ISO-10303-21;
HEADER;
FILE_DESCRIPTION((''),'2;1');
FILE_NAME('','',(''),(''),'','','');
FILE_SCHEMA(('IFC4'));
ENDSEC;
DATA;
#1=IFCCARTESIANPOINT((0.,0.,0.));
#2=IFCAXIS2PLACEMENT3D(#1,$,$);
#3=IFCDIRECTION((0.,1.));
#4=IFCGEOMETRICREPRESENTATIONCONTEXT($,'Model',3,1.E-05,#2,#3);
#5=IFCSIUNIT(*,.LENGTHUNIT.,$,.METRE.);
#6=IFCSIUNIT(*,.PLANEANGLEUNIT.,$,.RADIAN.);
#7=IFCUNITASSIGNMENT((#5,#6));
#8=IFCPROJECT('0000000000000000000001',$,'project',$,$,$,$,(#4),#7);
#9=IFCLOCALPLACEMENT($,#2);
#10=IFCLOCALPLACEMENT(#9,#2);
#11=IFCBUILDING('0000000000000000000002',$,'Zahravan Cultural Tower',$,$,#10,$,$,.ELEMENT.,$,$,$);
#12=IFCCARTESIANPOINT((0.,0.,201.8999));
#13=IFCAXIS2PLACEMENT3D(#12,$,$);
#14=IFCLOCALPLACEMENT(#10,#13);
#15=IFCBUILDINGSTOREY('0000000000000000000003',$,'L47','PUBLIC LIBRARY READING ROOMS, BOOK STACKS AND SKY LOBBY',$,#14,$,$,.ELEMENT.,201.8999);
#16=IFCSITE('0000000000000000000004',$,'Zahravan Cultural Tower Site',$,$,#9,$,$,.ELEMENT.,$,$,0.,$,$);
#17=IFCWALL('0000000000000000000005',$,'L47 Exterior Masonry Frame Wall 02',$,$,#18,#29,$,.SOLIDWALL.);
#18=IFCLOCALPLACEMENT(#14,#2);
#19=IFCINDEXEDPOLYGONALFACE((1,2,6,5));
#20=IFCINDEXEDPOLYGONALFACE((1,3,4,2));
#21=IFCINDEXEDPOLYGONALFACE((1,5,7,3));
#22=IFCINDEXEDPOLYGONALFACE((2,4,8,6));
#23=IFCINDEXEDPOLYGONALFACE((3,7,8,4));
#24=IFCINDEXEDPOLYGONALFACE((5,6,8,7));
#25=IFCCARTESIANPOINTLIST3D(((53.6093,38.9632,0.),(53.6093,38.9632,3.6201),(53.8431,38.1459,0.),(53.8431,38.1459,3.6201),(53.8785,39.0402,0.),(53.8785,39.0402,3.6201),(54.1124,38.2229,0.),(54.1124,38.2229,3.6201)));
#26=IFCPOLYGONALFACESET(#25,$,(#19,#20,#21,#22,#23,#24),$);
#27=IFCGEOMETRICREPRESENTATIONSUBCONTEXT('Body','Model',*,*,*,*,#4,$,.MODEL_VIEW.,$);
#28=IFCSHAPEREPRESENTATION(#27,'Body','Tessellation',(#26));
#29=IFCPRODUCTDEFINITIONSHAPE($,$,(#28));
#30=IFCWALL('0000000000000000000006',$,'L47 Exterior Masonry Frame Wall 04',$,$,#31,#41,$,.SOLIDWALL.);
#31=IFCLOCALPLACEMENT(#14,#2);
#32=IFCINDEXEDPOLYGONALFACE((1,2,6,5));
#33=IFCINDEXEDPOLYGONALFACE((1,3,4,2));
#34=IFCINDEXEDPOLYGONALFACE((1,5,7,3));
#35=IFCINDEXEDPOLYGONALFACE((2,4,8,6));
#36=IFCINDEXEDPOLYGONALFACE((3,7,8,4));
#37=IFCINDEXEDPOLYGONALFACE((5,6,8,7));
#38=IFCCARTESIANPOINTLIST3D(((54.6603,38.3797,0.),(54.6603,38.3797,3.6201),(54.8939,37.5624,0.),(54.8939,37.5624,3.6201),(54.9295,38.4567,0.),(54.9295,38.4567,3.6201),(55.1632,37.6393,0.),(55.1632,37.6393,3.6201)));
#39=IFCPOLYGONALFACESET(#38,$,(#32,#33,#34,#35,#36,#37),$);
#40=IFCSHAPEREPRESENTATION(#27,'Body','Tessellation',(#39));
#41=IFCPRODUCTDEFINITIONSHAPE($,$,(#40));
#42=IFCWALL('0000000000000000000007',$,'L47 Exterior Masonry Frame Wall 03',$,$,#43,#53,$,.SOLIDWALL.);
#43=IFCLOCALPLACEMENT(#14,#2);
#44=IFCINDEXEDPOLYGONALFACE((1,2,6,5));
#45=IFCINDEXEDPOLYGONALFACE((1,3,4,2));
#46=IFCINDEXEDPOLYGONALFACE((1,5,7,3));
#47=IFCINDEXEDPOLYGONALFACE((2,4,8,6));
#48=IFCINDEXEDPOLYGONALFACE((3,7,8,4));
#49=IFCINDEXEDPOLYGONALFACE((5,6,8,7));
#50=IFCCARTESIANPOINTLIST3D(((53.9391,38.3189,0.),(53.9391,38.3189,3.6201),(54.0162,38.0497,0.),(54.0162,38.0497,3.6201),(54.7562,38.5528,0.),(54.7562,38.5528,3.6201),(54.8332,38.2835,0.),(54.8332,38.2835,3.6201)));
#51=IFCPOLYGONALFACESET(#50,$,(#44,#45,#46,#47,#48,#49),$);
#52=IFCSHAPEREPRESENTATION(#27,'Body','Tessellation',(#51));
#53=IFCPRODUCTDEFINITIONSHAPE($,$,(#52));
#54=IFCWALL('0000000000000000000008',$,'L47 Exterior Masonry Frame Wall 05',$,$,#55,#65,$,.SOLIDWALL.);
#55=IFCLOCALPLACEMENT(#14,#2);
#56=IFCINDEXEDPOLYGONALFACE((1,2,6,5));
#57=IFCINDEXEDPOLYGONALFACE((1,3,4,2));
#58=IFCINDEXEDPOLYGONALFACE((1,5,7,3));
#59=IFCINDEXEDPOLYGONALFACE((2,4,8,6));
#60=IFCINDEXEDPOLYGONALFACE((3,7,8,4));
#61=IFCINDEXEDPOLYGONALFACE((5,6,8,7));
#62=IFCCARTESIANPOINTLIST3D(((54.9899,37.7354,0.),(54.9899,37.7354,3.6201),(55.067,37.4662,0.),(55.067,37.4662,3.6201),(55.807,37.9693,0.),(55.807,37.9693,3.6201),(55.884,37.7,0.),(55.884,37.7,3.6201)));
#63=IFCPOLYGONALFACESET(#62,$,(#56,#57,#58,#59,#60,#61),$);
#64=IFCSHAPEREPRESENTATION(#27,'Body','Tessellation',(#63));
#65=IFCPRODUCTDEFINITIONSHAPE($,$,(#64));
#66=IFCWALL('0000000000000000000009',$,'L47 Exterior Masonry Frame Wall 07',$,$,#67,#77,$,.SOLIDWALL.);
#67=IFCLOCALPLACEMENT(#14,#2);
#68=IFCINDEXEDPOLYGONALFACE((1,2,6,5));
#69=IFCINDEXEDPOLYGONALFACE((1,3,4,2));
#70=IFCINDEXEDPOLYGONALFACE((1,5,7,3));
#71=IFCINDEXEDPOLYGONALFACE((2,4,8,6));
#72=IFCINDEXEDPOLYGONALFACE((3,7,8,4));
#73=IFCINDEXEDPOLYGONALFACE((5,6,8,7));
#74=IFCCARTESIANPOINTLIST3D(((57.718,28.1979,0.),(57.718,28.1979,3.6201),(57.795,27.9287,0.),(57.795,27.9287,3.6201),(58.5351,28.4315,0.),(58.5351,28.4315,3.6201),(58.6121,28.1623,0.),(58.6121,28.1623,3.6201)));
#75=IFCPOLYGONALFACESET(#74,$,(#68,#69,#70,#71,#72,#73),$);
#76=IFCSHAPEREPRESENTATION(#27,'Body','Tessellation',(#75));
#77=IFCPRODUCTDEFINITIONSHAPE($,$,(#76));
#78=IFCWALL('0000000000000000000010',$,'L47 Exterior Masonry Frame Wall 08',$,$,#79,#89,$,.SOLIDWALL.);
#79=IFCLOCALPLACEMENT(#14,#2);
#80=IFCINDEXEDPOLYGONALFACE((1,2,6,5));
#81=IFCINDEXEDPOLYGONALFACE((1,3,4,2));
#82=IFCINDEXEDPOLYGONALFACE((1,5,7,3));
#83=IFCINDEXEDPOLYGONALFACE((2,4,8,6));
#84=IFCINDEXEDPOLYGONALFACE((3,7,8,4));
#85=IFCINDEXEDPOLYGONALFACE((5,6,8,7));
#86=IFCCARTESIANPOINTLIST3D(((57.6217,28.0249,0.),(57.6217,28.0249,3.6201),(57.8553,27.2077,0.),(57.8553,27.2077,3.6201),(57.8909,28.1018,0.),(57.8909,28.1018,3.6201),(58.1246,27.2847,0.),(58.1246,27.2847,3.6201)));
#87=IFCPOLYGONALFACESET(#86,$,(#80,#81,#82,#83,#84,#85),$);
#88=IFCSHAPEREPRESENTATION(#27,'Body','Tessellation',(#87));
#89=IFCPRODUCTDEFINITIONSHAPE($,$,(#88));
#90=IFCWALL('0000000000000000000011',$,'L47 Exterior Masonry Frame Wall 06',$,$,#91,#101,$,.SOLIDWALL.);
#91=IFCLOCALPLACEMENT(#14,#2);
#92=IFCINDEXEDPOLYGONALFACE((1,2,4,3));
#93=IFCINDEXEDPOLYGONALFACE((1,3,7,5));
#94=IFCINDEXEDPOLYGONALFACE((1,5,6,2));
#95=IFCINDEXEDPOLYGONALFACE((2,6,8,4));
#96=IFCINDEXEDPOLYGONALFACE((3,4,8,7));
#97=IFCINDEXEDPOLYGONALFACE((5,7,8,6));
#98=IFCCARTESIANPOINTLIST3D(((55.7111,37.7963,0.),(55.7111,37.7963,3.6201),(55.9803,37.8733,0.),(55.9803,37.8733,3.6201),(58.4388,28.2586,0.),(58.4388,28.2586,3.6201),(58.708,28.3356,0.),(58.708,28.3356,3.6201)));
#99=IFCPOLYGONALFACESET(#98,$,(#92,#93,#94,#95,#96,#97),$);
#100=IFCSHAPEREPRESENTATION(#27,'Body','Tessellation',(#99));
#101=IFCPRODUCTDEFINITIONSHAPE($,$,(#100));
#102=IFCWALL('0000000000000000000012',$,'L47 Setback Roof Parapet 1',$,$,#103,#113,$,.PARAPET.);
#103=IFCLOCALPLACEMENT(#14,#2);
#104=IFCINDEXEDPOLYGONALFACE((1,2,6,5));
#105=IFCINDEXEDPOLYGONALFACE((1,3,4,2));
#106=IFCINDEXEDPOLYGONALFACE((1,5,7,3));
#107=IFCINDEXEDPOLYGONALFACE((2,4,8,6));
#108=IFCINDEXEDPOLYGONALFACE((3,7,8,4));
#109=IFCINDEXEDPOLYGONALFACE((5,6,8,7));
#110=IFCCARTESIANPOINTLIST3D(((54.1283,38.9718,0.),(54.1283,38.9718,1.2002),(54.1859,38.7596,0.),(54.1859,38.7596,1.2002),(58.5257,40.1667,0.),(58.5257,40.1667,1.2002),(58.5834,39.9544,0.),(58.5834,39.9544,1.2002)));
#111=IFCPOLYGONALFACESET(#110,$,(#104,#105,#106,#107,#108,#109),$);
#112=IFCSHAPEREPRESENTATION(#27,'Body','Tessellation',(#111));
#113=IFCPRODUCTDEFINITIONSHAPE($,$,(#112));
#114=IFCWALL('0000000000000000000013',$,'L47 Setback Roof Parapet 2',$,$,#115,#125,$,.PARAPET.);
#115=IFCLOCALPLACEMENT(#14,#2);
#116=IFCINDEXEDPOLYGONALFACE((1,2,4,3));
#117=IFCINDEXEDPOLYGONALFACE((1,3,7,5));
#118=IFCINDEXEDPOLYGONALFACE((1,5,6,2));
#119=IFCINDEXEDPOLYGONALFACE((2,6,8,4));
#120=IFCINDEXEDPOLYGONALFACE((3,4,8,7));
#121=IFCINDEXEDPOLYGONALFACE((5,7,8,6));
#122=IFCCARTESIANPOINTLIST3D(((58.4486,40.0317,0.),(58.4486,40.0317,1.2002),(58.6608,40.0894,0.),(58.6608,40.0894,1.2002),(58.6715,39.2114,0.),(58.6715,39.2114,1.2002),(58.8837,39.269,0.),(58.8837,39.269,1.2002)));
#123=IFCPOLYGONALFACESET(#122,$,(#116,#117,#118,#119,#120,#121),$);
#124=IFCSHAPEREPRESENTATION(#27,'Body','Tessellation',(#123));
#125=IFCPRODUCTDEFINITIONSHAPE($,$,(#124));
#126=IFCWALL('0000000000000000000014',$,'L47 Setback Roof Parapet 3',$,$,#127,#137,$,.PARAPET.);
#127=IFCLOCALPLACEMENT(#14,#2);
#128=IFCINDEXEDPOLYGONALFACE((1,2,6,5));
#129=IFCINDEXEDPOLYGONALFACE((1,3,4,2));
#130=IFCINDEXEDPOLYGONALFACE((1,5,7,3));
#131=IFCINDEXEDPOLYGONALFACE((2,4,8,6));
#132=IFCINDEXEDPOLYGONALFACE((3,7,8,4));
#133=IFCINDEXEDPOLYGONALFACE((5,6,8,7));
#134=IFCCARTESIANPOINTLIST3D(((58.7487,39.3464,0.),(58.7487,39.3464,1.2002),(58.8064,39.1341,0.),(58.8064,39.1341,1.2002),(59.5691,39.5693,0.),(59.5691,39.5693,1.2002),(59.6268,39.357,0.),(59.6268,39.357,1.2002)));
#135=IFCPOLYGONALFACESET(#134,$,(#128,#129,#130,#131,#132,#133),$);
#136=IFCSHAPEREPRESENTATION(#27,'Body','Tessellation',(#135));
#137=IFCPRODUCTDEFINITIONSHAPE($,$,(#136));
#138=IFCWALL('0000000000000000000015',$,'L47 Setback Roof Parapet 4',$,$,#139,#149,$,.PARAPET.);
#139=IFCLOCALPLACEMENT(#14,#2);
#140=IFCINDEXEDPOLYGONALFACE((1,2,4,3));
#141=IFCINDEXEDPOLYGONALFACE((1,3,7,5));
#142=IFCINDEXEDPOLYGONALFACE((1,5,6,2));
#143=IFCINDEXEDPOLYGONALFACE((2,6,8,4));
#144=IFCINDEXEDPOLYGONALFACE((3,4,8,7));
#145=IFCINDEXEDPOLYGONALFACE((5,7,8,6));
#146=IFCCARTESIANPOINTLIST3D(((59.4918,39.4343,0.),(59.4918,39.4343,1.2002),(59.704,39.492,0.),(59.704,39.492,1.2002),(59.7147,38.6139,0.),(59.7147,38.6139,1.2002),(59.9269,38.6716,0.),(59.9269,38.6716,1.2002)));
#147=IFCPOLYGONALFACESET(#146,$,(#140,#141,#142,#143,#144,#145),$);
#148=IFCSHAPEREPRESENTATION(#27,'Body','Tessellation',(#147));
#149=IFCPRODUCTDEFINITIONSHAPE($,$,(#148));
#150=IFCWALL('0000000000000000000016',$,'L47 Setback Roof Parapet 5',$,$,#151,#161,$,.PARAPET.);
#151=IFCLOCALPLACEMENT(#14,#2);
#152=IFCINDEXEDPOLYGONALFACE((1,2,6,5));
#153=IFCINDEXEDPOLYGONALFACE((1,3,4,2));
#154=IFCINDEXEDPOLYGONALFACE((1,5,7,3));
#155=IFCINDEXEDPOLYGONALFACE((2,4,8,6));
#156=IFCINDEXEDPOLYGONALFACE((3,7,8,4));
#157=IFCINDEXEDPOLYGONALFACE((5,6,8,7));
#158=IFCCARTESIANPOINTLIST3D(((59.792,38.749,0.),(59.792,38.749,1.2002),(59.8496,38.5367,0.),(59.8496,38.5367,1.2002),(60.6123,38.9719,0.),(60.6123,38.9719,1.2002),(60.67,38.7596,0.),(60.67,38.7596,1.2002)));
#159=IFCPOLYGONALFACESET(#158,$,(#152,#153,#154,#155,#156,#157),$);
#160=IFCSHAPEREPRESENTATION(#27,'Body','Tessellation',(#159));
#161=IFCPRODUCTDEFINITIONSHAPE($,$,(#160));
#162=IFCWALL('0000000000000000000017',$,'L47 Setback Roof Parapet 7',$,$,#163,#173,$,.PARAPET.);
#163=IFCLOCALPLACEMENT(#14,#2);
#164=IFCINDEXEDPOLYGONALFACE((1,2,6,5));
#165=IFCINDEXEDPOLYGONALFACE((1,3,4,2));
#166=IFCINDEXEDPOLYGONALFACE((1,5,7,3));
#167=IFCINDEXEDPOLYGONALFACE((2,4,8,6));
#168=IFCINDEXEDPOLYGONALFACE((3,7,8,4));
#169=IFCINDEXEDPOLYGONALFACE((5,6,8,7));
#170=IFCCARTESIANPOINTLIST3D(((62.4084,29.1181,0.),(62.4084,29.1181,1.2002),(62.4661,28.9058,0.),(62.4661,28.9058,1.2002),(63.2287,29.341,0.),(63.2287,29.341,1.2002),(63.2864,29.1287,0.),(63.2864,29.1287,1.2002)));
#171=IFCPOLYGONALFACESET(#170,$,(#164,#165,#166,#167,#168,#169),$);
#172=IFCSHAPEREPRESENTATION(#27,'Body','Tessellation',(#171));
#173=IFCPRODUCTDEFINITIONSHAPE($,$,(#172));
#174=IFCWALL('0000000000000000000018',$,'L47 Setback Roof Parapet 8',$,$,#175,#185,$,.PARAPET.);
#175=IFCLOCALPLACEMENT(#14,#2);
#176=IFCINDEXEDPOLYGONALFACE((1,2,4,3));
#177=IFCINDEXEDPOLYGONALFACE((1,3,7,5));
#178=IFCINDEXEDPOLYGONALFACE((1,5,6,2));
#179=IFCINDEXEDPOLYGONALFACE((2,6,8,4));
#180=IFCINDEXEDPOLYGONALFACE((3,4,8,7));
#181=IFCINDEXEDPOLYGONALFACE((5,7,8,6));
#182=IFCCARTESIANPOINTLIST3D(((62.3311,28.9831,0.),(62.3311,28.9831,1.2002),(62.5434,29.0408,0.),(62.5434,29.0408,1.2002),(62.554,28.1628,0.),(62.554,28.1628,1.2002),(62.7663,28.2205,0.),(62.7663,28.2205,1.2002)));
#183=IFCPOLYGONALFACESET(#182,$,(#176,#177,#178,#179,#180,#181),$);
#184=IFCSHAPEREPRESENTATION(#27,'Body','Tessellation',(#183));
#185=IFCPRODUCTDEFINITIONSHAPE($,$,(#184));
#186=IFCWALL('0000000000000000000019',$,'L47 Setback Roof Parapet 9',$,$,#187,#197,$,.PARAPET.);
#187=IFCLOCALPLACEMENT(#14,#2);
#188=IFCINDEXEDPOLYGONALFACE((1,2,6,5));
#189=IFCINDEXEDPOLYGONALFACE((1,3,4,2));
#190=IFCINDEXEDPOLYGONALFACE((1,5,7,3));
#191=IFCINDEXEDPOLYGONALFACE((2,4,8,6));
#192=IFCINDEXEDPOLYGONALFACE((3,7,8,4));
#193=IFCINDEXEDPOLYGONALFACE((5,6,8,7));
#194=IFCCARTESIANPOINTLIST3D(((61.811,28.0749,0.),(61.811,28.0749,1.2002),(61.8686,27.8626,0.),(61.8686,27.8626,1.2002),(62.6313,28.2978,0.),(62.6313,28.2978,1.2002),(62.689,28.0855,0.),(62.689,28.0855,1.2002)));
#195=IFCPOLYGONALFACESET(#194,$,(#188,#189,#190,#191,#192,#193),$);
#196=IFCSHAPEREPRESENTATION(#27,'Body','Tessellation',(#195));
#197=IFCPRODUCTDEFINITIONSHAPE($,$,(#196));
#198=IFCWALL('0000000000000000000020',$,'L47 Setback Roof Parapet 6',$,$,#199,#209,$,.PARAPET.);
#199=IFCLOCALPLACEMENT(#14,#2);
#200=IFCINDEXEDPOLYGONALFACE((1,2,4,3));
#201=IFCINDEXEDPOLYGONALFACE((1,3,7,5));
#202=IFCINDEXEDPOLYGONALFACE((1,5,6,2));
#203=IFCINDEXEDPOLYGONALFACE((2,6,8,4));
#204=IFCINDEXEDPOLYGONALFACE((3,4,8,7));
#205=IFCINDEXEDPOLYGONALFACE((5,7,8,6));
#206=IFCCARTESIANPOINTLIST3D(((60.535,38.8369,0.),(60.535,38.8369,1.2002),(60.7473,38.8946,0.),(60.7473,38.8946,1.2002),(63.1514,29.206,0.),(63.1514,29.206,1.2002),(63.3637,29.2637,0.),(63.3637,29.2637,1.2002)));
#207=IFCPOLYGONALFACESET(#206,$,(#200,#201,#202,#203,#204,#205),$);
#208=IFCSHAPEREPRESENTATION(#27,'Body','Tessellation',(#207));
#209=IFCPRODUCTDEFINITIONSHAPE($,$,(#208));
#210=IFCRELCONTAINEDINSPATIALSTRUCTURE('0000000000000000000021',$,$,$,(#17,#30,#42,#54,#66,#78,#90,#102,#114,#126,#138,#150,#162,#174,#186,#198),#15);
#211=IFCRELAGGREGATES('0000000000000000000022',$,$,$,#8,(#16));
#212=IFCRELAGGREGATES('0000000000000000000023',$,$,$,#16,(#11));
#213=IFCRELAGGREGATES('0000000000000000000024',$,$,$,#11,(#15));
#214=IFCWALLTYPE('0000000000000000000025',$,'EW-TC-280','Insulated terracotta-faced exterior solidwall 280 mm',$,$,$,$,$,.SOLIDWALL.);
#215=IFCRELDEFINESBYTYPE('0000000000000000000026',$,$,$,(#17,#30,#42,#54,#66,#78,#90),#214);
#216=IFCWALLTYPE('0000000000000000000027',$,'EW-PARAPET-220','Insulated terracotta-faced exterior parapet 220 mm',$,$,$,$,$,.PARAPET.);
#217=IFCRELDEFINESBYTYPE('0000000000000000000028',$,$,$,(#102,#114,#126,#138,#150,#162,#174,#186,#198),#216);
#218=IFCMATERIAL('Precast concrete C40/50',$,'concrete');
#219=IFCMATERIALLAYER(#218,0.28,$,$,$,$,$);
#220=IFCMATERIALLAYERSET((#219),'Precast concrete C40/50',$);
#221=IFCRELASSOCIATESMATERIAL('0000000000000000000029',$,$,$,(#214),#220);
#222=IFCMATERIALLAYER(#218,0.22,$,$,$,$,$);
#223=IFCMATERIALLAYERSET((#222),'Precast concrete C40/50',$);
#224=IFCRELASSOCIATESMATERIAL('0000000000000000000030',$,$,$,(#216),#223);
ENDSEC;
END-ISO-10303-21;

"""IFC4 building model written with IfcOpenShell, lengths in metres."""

from ifc_helpers import new_model, si_unit, direction, frame, frame_2d, origin, place, context, subcontext, project, spatial, rectangle, extrude, source, transform, mapped, material, layer, layer_set, type_object, element, save


model = new_model("IFC4")

# Units and contexts
model_context = context("Model", 3, precision=1e-05, world=origin(), true_north=direction((0.0, 1.0)))
body_context = subcontext(model_context, "Body", "Model", "MODEL_VIEW")
ifc_project = project(units=[si_unit("LENGTHUNIT", "METRE"), si_unit("PLANEANGLEUNIT", "RADIAN")], contexts=[model_context])

# Site, building, storey
site_placement = place(None, origin())
site = spatial("IfcSite", under=ifc_project, at=site_placement, Name="Zahravan Cultural Tower Site", CompositionType="ELEMENT", RefElevation=0.0)
building_placement = place(site_placement, origin())
building = spatial("IfcBuilding", under=site, at=building_placement, Name="Zahravan Cultural Tower", CompositionType="ELEMENT")
storey_placement = place(building_placement, frame((0.0, 0.0, 201.8999)))
storey = spatial("IfcBuildingStorey", under=building, at=storey_placement, Name="L47", Description="PUBLIC LIBRARY READING ROOMS, BOOK STACKS AND SKY LOBBY", CompositionType="ELEMENT", Elevation=201.8999)

# Walls
ifc_material_1 = material(Name="Precast concrete C40/50", Category="concrete")
ifc_layer_1 = layer(ifc_material_1, 0.28)
ifc_layer_set_1 = layer_set([ifc_layer_1], Name="Precast concrete C40/50")
wall_type_1 = type_object("IfcWallType", Name="EW-TC-280", Description="Insulated terracotta-faced exterior solidwall 280 mm", PredefinedType="SOLIDWALL", material=ifc_layer_set_1)
shared_shape_1 = source(origin(), body_context, "Body", "SweptSolid", [
    extrude(rectangle(XDim=0.8501, YDim=0.28, at=frame_2d((0.425, 0.0))), origin(), (0.0, 0.0, 1.0), 3.6201),
])
for number, where, z_axis, x_axis, name in (
    (1, (53.7439, 39.0017, 0.0), (0.0, 0.0, 1.0), (0.2751, -0.961416, 0.0), "L47 Exterior Masonry Frame Wall 02"),
    (2, (54.7949, 38.4182, 0.0), (0.0, 0.0, 1.0), (0.274835, -0.961491, 0.0), "L47 Exterior Masonry Frame Wall 04"),
):
    element("IfcWall", number, at=place(storey_placement, frame(where, z_axis=z_axis, x_axis=x_axis)), inside=storey, type_object=wall_type_1, Name=name, PredefinedType="SOLIDWALL", context=body_context, shape_type="MappedRepresentation", body=[
        mapped(shared_shape_1, transform((0.0, 0.0, 0.0), x_axis=(1.0, 0.0, 0.0), y_axis=(0.0, 1.0, 0.0), z_axis=(0.0, 0.0, 1.0), scale=1.0)),
    ])
shared_shape_2 = source(origin(), body_context, "Body", "SweptSolid", [
    extrude(rectangle(XDim=0.8499, YDim=0.28, at=frame_2d((0.4248, 0.0))), origin(), (0.0, 0.0, 1.0), 3.6201),
])
for number, where, z_axis, x_axis, name in (
    (3, (53.9778, 38.1843, 0.0), (0.0, 0.0, 1.0), (0.961394, 0.275176, 0.0), "L47 Exterior Masonry Frame Wall 03"),
    (4, (55.0286, 37.6008, 0.0), (0.0, 0.0, 1.0), (0.961394, 0.275176, 0.0), "L47 Exterior Masonry Frame Wall 05"),
    (5, (58.5735, 28.2969, 0.0), (0.0, 0.0, 1.0), (-0.96147, -0.274911, 0.0), "L47 Exterior Masonry Frame Wall 07"),
    (6, (57.7563, 28.0632, 0.0), (0.0, 0.0, 1.0), (0.274911, -0.96147, 0.0), "L47 Exterior Masonry Frame Wall 08"),
):
    element("IfcWall", number, at=place(storey_placement, frame(where, z_axis=z_axis, x_axis=x_axis)), inside=storey, type_object=wall_type_1, Name=name, PredefinedType="SOLIDWALL", context=body_context, shape_type="MappedRepresentation", body=[
        mapped(shared_shape_2, transform((0.0, 0.0, 0.0), x_axis=(1.0, 0.0, 0.0), y_axis=(0.0, 1.0, 0.0), z_axis=(0.0, 0.0, 1.0), scale=1.0)),
    ])
shared_shape_3 = source(origin(), body_context, "Body", "SweptSolid", [
    extrude(rectangle(XDim=9.9202, YDim=0.28, at=frame_2d((4.96, 0.0))), origin(), (0.0, 0.0, 1.0), 3.6201),
])
wall_1_placement = place(storey_placement, frame((55.8457, 37.8347, 0.0), z_axis=(0.0, 0.0, 1.0), x_axis=(0.274971, -0.961452, 0.0)))
element("IfcWall", 7, at=wall_1_placement, inside=storey, type_object=wall_type_1, Name="L47 Exterior Masonry Frame Wall 06", PredefinedType="SOLIDWALL", context=body_context, shape_type="MappedRepresentation", body=[
    mapped(shared_shape_3, transform((0.0, 0.0, 0.0), x_axis=(1.0, 0.0, 0.0), y_axis=(0.0, 1.0, 0.0), z_axis=(0.0, 0.0, 1.0), scale=1.0)),
])
ifc_layer_2 = layer(ifc_material_1, 0.22)
ifc_layer_set_2 = layer_set([ifc_layer_2], Name="Precast concrete C40/50")
wall_type_2 = type_object("IfcWallType", Name="EW-PARAPET-220", Description="Insulated terracotta-faced exterior parapet 220 mm", PredefinedType="PARAPET", material=ifc_layer_set_2)
shared_shape_4 = source(origin(), body_context, "Body", "SweptSolid", [
    extrude(rectangle(XDim=4.5569, YDim=0.22, at=frame_2d((2.2783, 0.0))), origin(), (0.0, 0.0, 1.0), 1.2002),
])
wall_2_placement = place(storey_placement, frame((54.1572, 38.8657, 0.0), z_axis=(0.0, 0.0, 1.0), x_axis=(0.965013, 0.262202, 0.0)))
element("IfcWall", 8, at=wall_2_placement, inside=storey, type_object=wall_type_2, Name="L47 Setback Roof Parapet 1", PredefinedType="PARAPET", context=body_context, shape_type="MappedRepresentation", body=[
    mapped(shared_shape_4, transform((0.0, 0.0, 0.0), x_axis=(1.0, 0.0, 0.0), y_axis=(0.0, 1.0, 0.0), z_axis=(0.0, 0.0, 1.0), scale=1.0)),
])
shared_shape_5 = source(origin(), body_context, "Body", "SweptSolid", [
    extrude(rectangle(XDim=0.8501, YDim=0.22, at=frame_2d((0.425, 0.0))), origin(), (0.0, 0.0, 1.0), 1.2002),
])
for number, where, z_axis, x_axis, name in (
    (9, (58.5547, 40.0605, 0.0), (0.0, 0.0, 1.0), (0.262218, -0.965009, 0.0), "L47 Setback Roof Parapet 2"),
    (10, (58.7776, 39.2402, 0.0), (0.0, 0.0, 1.0), (0.965009, 0.262218, 0.0), "L47 Setback Roof Parapet 3"),
    (11, (59.5979, 39.4631, 0.0), (0.0, 0.0, 1.0), (0.262218, -0.965009, 0.0), "L47 Setback Roof Parapet 4"),
    (12, (59.8208, 38.6428, 0.0), (0.0, 0.0, 1.0), (0.965009, 0.262218, 0.0), "L47 Setback Roof Parapet 5"),
    (13, (63.2576, 29.2349, 0.0), (0.0, 0.0, 1.0), (-0.965009, -0.262218, 0.0), "L47 Setback Roof Parapet 7"),
    (14, (62.4373, 29.012, 0.0), (0.0, 0.0, 1.0), (0.262218, -0.965009, 0.0), "L47 Setback Roof Parapet 8"),
    (15, (62.6602, 28.1917, 0.0), (0.0, 0.0, 1.0), (-0.965009, -0.262218, 0.0), "L47 Setback Roof Parapet 9"),
):
    element("IfcWall", number, at=place(storey_placement, frame(where, z_axis=z_axis, x_axis=x_axis)), inside=storey, type_object=wall_type_2, Name=name, PredefinedType="PARAPET", context=body_context, shape_type="MappedRepresentation", body=[
        mapped(shared_shape_5, transform((0.0, 0.0, 0.0), x_axis=(1.0, 0.0, 0.0), y_axis=(0.0, 1.0, 0.0), z_axis=(0.0, 0.0, 1.0), scale=1.0)),
    ])
shared_shape_6 = source(origin(), body_context, "Body", "SweptSolid", [
    extrude(rectangle(XDim=9.98, YDim=0.22, at=frame_2d((4.99, 0.0))), origin(), (0.0, 0.0, 1.0), 1.2002),
])
wall_3_placement = place(storey_placement, frame((60.6411, 38.8657, 0.0), z_axis=(0.0, 0.0, 1.0), x_axis=(0.262171, -0.965021, 0.0)))
element("IfcWall", 16, at=wall_3_placement, inside=storey, type_object=wall_type_2, Name="L47 Setback Roof Parapet 6", PredefinedType="PARAPET", context=body_context, shape_type="MappedRepresentation", body=[
    mapped(shared_shape_6, transform((0.0, 0.0, 0.0), x_axis=(1.0, 0.0, 0.0), y_axis=(0.0, 1.0, 0.0), z_axis=(0.0, 0.0, 1.0), scale=1.0)),
])

save(model, "model.ifc")
